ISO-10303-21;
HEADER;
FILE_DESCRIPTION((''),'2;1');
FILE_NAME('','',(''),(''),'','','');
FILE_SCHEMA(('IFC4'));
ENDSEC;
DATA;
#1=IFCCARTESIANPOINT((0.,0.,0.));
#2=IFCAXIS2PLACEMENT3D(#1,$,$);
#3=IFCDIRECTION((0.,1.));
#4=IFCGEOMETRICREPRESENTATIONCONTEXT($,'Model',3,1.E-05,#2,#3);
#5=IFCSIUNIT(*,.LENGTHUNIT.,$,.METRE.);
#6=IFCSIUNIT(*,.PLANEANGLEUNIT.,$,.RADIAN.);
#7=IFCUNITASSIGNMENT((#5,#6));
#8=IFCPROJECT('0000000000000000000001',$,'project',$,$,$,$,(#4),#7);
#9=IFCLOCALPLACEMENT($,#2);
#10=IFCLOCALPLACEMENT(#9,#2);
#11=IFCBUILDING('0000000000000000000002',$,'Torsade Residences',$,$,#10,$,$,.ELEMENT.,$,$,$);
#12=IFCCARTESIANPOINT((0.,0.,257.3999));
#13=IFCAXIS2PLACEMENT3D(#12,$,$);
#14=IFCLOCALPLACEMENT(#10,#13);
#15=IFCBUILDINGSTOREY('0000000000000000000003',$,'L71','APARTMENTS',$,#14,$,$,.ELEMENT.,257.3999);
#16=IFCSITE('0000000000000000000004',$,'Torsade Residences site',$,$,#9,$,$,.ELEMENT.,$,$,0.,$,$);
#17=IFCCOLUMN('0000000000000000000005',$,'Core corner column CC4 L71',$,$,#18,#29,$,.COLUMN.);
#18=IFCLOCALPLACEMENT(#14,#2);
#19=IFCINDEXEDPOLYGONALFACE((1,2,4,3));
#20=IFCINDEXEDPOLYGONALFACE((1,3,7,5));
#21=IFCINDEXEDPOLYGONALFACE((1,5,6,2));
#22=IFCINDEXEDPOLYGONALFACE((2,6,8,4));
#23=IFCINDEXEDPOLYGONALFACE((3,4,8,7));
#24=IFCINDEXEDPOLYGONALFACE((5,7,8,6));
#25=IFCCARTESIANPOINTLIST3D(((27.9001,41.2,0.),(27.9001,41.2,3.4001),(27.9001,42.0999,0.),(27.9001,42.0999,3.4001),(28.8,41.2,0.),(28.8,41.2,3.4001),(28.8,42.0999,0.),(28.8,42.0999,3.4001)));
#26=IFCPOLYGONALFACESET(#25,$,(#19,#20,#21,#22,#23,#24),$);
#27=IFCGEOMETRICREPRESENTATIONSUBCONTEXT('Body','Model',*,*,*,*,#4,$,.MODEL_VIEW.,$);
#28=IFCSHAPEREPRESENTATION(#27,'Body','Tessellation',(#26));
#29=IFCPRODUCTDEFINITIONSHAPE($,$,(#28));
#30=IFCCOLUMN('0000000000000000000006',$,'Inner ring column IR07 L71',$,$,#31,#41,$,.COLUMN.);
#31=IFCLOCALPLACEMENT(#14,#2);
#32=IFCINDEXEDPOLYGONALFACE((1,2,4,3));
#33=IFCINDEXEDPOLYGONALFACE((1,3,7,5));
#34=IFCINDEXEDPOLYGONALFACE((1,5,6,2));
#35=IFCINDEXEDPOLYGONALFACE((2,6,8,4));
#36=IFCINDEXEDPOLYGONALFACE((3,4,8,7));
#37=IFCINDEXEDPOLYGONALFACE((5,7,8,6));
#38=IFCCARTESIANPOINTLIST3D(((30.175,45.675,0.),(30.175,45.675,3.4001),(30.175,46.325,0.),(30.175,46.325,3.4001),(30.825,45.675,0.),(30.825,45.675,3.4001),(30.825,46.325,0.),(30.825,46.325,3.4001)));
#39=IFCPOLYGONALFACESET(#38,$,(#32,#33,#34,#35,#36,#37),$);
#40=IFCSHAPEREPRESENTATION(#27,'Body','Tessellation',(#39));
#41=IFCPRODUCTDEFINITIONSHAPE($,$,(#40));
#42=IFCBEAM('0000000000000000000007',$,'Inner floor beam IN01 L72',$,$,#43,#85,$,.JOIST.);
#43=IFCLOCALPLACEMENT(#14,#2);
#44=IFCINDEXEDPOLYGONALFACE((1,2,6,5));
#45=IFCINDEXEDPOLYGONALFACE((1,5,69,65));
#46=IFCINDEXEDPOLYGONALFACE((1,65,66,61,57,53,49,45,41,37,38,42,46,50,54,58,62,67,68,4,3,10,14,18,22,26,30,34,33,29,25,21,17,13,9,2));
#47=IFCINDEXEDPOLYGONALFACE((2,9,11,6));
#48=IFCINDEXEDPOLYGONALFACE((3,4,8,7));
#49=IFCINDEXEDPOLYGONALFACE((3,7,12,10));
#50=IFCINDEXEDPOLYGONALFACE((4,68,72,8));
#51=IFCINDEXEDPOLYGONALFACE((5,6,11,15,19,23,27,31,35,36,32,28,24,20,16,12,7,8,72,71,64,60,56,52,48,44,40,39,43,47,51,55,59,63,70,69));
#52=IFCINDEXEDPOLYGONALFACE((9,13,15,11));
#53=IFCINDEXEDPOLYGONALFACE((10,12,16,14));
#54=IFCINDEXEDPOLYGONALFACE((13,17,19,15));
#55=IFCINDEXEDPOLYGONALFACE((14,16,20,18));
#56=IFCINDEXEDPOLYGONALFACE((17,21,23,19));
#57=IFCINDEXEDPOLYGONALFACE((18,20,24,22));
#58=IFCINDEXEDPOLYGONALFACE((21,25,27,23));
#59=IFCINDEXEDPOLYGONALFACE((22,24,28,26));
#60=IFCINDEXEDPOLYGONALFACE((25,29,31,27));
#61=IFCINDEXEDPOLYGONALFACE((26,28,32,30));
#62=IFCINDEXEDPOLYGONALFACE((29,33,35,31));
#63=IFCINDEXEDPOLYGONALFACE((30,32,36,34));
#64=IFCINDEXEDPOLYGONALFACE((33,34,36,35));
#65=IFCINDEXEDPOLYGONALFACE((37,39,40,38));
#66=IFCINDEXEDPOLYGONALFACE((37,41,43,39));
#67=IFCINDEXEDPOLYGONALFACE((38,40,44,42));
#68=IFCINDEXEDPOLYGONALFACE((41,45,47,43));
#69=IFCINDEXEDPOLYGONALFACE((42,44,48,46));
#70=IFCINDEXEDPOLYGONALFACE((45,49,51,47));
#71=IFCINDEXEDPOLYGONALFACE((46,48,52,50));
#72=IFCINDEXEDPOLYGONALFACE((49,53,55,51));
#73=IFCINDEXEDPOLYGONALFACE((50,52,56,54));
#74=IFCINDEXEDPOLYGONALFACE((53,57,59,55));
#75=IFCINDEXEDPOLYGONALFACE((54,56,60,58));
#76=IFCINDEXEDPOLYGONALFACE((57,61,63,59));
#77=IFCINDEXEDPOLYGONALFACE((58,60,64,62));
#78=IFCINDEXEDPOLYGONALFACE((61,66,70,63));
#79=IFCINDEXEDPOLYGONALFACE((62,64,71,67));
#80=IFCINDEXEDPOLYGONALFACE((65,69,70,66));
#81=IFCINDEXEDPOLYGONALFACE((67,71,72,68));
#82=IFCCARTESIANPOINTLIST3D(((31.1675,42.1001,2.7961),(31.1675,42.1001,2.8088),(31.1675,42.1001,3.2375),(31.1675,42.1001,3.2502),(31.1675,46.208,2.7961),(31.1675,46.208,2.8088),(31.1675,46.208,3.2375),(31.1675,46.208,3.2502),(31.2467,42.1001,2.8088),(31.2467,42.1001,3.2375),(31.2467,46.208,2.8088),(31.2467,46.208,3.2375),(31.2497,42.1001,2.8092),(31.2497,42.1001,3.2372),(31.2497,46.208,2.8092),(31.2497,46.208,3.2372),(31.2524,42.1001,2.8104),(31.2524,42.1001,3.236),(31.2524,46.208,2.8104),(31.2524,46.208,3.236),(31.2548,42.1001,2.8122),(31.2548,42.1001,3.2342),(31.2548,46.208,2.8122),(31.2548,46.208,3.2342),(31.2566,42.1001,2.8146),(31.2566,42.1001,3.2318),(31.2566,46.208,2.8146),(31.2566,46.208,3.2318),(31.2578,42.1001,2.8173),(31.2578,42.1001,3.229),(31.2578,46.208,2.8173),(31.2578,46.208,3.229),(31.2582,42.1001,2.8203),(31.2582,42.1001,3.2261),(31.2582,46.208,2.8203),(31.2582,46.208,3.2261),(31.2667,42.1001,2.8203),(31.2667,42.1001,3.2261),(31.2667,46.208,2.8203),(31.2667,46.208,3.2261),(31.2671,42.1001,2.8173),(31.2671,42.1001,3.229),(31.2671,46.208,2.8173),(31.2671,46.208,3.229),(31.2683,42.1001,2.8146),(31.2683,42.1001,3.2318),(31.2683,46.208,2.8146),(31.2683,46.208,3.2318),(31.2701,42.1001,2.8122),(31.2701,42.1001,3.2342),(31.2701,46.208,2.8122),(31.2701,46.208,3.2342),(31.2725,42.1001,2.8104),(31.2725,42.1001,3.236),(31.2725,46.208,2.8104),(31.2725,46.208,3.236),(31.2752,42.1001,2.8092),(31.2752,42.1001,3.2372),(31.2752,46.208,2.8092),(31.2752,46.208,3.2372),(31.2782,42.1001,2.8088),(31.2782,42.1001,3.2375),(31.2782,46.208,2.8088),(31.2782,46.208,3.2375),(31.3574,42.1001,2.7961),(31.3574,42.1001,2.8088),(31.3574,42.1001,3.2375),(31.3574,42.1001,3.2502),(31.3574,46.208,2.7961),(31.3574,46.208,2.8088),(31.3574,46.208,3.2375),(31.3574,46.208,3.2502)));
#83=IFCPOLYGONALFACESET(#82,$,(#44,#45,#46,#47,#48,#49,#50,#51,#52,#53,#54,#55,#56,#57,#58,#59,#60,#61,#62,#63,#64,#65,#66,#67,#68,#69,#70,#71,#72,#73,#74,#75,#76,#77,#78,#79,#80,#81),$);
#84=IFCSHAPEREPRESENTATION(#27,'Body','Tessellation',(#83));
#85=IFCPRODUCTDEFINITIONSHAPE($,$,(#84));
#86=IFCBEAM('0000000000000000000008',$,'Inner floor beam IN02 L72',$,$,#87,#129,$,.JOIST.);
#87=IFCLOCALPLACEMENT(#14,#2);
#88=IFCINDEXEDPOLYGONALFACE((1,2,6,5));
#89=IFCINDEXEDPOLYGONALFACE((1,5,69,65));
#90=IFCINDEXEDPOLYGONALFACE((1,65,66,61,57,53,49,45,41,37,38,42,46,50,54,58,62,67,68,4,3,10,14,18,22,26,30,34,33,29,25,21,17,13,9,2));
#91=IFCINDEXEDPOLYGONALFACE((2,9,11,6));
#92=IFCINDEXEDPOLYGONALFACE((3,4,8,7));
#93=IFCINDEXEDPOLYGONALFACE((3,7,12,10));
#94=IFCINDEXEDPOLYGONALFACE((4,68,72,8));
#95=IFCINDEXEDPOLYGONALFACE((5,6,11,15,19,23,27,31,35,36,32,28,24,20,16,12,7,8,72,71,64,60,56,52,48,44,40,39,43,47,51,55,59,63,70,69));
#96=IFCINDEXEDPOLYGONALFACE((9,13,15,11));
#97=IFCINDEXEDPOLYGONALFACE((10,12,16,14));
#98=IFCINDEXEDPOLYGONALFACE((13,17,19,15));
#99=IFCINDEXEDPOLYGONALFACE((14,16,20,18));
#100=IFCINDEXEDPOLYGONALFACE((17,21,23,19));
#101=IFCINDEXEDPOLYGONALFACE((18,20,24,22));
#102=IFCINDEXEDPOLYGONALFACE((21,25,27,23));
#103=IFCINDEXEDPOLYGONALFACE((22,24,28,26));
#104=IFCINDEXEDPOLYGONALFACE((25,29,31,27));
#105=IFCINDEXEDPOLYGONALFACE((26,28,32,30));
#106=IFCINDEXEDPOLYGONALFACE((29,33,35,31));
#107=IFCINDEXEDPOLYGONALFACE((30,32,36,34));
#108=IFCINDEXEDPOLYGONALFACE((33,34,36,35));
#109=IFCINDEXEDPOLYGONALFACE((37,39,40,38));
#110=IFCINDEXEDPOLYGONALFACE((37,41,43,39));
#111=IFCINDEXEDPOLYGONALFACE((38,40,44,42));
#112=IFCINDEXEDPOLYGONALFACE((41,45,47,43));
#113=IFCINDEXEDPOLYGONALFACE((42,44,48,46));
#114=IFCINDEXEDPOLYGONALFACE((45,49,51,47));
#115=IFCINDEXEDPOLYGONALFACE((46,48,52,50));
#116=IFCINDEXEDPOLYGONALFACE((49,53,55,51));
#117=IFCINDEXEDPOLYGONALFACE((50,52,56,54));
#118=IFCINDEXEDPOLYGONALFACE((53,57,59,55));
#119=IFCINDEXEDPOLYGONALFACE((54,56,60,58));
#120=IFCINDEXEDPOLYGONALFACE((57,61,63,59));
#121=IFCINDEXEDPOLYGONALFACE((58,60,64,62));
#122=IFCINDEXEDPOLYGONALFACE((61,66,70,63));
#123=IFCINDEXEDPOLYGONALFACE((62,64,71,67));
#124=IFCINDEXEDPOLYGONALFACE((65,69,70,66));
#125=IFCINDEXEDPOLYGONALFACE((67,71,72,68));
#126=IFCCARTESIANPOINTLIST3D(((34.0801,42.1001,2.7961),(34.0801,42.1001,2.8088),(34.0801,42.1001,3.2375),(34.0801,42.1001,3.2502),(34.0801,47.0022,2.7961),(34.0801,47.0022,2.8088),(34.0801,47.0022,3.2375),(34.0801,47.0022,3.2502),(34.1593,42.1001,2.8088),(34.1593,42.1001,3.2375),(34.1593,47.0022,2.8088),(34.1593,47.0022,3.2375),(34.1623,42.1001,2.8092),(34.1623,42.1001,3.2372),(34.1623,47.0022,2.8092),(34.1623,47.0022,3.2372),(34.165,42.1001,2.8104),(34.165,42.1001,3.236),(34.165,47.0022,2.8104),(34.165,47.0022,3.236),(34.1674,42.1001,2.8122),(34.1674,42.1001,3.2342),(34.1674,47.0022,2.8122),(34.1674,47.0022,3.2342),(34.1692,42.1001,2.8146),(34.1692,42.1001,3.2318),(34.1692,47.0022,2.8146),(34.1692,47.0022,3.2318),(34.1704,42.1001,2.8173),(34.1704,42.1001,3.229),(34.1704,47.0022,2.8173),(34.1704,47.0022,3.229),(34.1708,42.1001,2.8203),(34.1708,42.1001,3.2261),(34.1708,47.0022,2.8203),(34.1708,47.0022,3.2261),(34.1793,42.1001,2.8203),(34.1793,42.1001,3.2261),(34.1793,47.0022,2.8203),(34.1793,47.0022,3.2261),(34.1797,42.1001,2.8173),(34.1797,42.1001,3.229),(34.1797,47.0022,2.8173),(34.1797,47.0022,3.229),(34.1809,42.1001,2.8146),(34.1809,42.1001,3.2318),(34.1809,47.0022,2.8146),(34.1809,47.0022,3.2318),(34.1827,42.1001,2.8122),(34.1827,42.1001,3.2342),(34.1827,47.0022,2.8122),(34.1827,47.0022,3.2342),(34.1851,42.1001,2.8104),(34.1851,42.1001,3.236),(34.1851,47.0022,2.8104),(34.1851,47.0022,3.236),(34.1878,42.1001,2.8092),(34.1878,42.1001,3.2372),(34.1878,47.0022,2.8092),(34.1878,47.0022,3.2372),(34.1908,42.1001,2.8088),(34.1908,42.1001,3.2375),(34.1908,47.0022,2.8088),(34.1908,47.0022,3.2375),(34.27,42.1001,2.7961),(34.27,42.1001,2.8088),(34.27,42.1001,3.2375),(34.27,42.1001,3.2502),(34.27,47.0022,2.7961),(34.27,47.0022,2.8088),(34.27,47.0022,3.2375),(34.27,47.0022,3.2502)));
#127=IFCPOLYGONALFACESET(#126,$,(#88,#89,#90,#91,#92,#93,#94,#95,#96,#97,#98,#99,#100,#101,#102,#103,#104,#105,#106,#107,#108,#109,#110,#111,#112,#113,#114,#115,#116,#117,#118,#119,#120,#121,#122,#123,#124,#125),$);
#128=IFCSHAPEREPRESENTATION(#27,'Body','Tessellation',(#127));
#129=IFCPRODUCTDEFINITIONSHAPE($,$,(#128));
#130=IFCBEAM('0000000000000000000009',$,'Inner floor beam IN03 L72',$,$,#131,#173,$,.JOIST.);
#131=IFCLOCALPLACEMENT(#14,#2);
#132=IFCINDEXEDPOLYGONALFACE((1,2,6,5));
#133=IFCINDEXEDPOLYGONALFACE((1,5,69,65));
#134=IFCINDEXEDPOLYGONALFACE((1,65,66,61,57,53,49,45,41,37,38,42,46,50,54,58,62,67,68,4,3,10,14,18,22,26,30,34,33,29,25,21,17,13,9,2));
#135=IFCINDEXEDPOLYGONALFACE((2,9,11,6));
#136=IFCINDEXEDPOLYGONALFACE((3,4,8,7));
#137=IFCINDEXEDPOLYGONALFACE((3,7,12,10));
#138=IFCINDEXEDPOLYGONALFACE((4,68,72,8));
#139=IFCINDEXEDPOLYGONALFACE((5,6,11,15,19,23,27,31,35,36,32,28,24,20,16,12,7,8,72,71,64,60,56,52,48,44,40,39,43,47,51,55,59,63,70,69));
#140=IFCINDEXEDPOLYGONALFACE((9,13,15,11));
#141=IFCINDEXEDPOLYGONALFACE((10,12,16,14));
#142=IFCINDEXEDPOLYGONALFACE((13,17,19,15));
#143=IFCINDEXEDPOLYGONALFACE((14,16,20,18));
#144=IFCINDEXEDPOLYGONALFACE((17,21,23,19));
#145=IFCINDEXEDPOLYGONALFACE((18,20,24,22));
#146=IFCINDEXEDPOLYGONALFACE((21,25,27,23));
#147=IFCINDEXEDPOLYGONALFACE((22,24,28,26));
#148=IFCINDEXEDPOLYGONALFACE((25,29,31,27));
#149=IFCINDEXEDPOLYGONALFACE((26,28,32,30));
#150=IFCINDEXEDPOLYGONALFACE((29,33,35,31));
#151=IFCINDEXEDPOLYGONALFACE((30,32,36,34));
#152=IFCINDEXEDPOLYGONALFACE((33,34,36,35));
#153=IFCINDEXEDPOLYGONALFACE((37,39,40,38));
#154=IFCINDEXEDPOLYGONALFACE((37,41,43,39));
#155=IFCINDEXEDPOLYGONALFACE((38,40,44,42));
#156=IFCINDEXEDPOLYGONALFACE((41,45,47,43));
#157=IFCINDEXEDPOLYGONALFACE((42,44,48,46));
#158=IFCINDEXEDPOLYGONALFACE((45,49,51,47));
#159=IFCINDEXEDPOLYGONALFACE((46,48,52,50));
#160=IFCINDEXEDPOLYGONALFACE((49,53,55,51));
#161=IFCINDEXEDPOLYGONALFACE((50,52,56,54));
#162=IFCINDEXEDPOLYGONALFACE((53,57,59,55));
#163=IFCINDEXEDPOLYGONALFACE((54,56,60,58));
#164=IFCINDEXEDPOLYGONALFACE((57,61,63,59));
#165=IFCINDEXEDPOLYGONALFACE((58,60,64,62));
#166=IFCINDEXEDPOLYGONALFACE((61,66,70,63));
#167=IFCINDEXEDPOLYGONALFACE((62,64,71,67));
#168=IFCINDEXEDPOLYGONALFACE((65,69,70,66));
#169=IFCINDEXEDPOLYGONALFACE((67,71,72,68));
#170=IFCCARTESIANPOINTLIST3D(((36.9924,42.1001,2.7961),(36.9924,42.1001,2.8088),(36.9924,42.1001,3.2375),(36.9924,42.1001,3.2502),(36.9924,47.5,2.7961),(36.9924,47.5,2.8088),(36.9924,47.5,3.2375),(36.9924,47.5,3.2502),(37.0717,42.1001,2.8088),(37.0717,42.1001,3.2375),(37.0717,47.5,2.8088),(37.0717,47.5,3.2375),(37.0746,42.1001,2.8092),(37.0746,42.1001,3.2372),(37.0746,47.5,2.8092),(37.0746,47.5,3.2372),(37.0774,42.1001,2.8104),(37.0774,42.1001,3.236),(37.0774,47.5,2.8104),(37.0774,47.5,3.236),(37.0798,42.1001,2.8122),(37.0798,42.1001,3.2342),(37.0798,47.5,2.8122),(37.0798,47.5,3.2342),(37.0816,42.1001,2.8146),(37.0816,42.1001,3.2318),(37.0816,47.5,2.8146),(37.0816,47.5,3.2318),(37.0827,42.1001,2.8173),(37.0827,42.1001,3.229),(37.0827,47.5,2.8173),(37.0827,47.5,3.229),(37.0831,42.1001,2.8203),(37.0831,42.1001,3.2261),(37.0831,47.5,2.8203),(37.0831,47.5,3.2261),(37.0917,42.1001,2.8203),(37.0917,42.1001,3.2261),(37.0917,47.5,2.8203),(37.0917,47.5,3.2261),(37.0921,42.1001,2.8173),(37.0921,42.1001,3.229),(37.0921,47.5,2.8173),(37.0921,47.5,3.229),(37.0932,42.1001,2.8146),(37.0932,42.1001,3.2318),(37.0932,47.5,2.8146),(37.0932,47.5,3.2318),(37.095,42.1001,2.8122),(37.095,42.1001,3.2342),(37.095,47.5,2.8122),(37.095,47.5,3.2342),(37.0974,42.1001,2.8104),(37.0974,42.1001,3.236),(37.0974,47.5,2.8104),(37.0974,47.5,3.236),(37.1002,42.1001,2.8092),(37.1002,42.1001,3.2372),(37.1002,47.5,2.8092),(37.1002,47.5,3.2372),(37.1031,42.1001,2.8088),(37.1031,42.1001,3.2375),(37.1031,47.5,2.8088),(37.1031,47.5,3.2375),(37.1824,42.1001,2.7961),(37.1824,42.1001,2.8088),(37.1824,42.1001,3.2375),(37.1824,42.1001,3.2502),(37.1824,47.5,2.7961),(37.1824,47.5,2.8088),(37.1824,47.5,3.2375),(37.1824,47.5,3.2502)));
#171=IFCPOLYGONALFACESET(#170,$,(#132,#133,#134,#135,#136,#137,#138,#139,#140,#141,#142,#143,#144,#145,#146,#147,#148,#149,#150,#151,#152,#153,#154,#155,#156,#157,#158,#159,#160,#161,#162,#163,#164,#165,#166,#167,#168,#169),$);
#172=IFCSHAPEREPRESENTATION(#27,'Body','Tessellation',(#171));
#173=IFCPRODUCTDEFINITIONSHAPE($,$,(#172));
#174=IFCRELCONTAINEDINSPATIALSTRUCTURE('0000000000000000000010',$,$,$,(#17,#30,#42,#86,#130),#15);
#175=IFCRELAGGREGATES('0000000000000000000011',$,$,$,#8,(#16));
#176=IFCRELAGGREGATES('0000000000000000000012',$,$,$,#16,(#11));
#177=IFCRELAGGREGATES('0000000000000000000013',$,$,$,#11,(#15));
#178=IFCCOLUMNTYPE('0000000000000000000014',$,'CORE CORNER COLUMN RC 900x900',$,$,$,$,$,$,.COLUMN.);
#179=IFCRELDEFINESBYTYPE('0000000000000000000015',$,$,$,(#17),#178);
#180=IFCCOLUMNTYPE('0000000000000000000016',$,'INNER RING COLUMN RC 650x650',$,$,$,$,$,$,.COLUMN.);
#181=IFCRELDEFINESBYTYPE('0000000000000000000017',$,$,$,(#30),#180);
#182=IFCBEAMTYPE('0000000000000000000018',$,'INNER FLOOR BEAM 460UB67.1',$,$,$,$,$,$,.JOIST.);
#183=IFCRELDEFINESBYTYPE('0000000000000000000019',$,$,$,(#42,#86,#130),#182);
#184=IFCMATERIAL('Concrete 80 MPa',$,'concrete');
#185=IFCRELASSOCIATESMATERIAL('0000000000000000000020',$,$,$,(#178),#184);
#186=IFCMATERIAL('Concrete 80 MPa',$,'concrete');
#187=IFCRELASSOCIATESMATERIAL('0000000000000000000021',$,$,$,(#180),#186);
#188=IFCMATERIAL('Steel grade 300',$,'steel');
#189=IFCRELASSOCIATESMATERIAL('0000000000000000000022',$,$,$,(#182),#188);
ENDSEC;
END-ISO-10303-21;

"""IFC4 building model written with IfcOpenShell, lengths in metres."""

from ifc_helpers import new_model, si_unit, direction, frame, origin, origin_2d, place, context, subcontext, project, spatial, rectangle, i_section, extrude, material, material_profile, profile_set, type_object, element, save


model = new_model("IFC4")

# Units and contexts
model_context = context("Model", 3, precision=1e-05, world=origin(), true_north=direction((0.0, 1.0)))
body_context = subcontext(model_context, "Body", "Model", "MODEL_VIEW")
ifc_project = project(units=[si_unit("LENGTHUNIT", "METRE"), si_unit("PLANEANGLEUNIT", "RADIAN")], contexts=[model_context])

# Site, building, storey
site_placement = place(None, origin())
site = spatial("IfcSite", under=ifc_project, at=site_placement, Name="Torsade Residences site", CompositionType="ELEMENT", RefElevation=0.0)
building_placement = place(site_placement, origin())
building = spatial("IfcBuilding", under=site, at=building_placement, Name="Torsade Residences", CompositionType="ELEMENT")
storey_placement = place(building_placement, frame((0.0, 0.0, 257.3999)))
storey = spatial("IfcBuildingStorey", under=building, at=storey_placement, Name="L71", Description="APARTMENTS", CompositionType="ELEMENT", Elevation=257.3999)

# Columns
ifc_material_1 = material(Name="Concrete 80 MPa", Category="concrete")
ifc_material_profile_1 = material_profile(ifc_material_1, rectangle(XDim=0.8999, YDim=0.8999, at=origin_2d()), Name="RC 900x900")
ifc_profile_set_1 = profile_set([ifc_material_profile_1], Name="Concrete 80 MPa")
column_type_1 = type_object("IfcColumnType", Name="CORE CORNER COLUMN RC 900x900", PredefinedType="COLUMN", material=ifc_profile_set_1)
column_1_placement = place(storey_placement, frame((28.3501, 41.6499, 0.0), z_axis=(0.0, 0.0, 1.0), x_axis=(1.0, 0.0, 0.0)))
element("IfcColumn", 1, at=column_1_placement, inside=storey, type_object=column_type_1, Name="Core corner column CC4 L71", PredefinedType="COLUMN", context=body_context, shape_type="SweptSolid", body=[
    extrude(rectangle(XDim=0.8999, YDim=0.8999, at=origin_2d()), origin(), (0.0, 0.0, 1.0), 3.4001),
])
ifc_material_2 = material(Name="Concrete 80 MPa", Category="concrete")
ifc_material_profile_2 = material_profile(ifc_material_2, rectangle(XDim=0.6499, YDim=0.6499, at=origin_2d()), Name="RC 650x650")
ifc_profile_set_2 = profile_set([ifc_material_profile_2], Name="Concrete 80 MPa")
column_type_2 = type_object("IfcColumnType", Name="INNER RING COLUMN RC 650x650", PredefinedType="COLUMN", material=ifc_profile_set_2)
column_2_placement = place(storey_placement, frame((30.5, 46.0, 0.0), z_axis=(0.0, 0.0, 1.0), x_axis=(1.0, 0.0, 0.0)))
element("IfcColumn", 2, at=column_2_placement, inside=storey, type_object=column_type_2, Name="Inner ring column IR07 L71", PredefinedType="COLUMN", context=body_context, shape_type="SweptSolid", body=[
    extrude(rectangle(XDim=0.6499, YDim=0.6499, at=origin_2d()), origin(), (0.0, 0.0, 1.0), 3.4001),
])

# Beams
ifc_material_3 = material(Name="Steel grade 300", Category="steel")
ifc_material_profile_3 = material_profile(ifc_material_3, i_section(OverallWidth=0.1899, OverallDepth=0.4541, WebThickness=0.0085, FlangeThickness=0.0127, FilletRadius=0.0115, at=origin_2d()), Name="460UB67.1")
ifc_profile_set_3 = profile_set([ifc_material_profile_3], Name="Steel grade 300")
beam_type_1 = type_object("IfcBeamType", Name="INNER FLOOR BEAM 460UB67.1", PredefinedType="JOIST", material=ifc_profile_set_3)
beam_1_placement = place(storey_placement, frame((31.2625, 42.1001, 3.0232), z_axis=(0.0, 1.0, 0.0), x_axis=(-1.0, 0.0, 0.0)))
element("IfcBeam", 3, at=beam_1_placement, inside=storey, type_object=beam_type_1, Name="Inner floor beam IN01 L72", PredefinedType="JOIST", context=body_context, shape_type="SweptSolid", body=[
    extrude(i_section(OverallWidth=0.1899, OverallDepth=0.4541, WebThickness=0.0085, FlangeThickness=0.0127, FilletRadius=0.0115, at=origin_2d()), origin(), (0.0, 0.0, 1.0), 4.1079),
])
beam_2_placement = place(storey_placement, frame((34.175, 42.1001, 3.0232), z_axis=(0.0, 1.0, 0.0), x_axis=(-1.0, 0.0, 0.0)))
element("IfcBeam", 4, at=beam_2_placement, inside=storey, type_object=beam_type_1, Name="Inner floor beam IN02 L72", PredefinedType="JOIST", context=body_context, shape_type="SweptSolid", body=[
    extrude(i_section(OverallWidth=0.1899, OverallDepth=0.4541, WebThickness=0.0085, FlangeThickness=0.0127, FilletRadius=0.0115, at=origin_2d()), origin(), (0.0, 0.0, 1.0), 4.9021),
])
beam_3_placement = place(storey_placement, frame((37.0874, 42.1001, 3.0232), z_axis=(0.0, 1.0, 0.0), x_axis=(-1.0, 0.0, 0.0)))
element("IfcBeam", 5, at=beam_3_placement, inside=storey, type_object=beam_type_1, Name="Inner floor beam IN03 L72", PredefinedType="JOIST", context=body_context, shape_type="SweptSolid", body=[
    extrude(i_section(OverallWidth=0.1899, OverallDepth=0.4541, WebThickness=0.0085, FlangeThickness=0.0127, FilletRadius=0.0115, at=origin_2d()), origin(), (0.0, 0.0, 1.0), 5.3999),
])

save(model, "model.ifc")
